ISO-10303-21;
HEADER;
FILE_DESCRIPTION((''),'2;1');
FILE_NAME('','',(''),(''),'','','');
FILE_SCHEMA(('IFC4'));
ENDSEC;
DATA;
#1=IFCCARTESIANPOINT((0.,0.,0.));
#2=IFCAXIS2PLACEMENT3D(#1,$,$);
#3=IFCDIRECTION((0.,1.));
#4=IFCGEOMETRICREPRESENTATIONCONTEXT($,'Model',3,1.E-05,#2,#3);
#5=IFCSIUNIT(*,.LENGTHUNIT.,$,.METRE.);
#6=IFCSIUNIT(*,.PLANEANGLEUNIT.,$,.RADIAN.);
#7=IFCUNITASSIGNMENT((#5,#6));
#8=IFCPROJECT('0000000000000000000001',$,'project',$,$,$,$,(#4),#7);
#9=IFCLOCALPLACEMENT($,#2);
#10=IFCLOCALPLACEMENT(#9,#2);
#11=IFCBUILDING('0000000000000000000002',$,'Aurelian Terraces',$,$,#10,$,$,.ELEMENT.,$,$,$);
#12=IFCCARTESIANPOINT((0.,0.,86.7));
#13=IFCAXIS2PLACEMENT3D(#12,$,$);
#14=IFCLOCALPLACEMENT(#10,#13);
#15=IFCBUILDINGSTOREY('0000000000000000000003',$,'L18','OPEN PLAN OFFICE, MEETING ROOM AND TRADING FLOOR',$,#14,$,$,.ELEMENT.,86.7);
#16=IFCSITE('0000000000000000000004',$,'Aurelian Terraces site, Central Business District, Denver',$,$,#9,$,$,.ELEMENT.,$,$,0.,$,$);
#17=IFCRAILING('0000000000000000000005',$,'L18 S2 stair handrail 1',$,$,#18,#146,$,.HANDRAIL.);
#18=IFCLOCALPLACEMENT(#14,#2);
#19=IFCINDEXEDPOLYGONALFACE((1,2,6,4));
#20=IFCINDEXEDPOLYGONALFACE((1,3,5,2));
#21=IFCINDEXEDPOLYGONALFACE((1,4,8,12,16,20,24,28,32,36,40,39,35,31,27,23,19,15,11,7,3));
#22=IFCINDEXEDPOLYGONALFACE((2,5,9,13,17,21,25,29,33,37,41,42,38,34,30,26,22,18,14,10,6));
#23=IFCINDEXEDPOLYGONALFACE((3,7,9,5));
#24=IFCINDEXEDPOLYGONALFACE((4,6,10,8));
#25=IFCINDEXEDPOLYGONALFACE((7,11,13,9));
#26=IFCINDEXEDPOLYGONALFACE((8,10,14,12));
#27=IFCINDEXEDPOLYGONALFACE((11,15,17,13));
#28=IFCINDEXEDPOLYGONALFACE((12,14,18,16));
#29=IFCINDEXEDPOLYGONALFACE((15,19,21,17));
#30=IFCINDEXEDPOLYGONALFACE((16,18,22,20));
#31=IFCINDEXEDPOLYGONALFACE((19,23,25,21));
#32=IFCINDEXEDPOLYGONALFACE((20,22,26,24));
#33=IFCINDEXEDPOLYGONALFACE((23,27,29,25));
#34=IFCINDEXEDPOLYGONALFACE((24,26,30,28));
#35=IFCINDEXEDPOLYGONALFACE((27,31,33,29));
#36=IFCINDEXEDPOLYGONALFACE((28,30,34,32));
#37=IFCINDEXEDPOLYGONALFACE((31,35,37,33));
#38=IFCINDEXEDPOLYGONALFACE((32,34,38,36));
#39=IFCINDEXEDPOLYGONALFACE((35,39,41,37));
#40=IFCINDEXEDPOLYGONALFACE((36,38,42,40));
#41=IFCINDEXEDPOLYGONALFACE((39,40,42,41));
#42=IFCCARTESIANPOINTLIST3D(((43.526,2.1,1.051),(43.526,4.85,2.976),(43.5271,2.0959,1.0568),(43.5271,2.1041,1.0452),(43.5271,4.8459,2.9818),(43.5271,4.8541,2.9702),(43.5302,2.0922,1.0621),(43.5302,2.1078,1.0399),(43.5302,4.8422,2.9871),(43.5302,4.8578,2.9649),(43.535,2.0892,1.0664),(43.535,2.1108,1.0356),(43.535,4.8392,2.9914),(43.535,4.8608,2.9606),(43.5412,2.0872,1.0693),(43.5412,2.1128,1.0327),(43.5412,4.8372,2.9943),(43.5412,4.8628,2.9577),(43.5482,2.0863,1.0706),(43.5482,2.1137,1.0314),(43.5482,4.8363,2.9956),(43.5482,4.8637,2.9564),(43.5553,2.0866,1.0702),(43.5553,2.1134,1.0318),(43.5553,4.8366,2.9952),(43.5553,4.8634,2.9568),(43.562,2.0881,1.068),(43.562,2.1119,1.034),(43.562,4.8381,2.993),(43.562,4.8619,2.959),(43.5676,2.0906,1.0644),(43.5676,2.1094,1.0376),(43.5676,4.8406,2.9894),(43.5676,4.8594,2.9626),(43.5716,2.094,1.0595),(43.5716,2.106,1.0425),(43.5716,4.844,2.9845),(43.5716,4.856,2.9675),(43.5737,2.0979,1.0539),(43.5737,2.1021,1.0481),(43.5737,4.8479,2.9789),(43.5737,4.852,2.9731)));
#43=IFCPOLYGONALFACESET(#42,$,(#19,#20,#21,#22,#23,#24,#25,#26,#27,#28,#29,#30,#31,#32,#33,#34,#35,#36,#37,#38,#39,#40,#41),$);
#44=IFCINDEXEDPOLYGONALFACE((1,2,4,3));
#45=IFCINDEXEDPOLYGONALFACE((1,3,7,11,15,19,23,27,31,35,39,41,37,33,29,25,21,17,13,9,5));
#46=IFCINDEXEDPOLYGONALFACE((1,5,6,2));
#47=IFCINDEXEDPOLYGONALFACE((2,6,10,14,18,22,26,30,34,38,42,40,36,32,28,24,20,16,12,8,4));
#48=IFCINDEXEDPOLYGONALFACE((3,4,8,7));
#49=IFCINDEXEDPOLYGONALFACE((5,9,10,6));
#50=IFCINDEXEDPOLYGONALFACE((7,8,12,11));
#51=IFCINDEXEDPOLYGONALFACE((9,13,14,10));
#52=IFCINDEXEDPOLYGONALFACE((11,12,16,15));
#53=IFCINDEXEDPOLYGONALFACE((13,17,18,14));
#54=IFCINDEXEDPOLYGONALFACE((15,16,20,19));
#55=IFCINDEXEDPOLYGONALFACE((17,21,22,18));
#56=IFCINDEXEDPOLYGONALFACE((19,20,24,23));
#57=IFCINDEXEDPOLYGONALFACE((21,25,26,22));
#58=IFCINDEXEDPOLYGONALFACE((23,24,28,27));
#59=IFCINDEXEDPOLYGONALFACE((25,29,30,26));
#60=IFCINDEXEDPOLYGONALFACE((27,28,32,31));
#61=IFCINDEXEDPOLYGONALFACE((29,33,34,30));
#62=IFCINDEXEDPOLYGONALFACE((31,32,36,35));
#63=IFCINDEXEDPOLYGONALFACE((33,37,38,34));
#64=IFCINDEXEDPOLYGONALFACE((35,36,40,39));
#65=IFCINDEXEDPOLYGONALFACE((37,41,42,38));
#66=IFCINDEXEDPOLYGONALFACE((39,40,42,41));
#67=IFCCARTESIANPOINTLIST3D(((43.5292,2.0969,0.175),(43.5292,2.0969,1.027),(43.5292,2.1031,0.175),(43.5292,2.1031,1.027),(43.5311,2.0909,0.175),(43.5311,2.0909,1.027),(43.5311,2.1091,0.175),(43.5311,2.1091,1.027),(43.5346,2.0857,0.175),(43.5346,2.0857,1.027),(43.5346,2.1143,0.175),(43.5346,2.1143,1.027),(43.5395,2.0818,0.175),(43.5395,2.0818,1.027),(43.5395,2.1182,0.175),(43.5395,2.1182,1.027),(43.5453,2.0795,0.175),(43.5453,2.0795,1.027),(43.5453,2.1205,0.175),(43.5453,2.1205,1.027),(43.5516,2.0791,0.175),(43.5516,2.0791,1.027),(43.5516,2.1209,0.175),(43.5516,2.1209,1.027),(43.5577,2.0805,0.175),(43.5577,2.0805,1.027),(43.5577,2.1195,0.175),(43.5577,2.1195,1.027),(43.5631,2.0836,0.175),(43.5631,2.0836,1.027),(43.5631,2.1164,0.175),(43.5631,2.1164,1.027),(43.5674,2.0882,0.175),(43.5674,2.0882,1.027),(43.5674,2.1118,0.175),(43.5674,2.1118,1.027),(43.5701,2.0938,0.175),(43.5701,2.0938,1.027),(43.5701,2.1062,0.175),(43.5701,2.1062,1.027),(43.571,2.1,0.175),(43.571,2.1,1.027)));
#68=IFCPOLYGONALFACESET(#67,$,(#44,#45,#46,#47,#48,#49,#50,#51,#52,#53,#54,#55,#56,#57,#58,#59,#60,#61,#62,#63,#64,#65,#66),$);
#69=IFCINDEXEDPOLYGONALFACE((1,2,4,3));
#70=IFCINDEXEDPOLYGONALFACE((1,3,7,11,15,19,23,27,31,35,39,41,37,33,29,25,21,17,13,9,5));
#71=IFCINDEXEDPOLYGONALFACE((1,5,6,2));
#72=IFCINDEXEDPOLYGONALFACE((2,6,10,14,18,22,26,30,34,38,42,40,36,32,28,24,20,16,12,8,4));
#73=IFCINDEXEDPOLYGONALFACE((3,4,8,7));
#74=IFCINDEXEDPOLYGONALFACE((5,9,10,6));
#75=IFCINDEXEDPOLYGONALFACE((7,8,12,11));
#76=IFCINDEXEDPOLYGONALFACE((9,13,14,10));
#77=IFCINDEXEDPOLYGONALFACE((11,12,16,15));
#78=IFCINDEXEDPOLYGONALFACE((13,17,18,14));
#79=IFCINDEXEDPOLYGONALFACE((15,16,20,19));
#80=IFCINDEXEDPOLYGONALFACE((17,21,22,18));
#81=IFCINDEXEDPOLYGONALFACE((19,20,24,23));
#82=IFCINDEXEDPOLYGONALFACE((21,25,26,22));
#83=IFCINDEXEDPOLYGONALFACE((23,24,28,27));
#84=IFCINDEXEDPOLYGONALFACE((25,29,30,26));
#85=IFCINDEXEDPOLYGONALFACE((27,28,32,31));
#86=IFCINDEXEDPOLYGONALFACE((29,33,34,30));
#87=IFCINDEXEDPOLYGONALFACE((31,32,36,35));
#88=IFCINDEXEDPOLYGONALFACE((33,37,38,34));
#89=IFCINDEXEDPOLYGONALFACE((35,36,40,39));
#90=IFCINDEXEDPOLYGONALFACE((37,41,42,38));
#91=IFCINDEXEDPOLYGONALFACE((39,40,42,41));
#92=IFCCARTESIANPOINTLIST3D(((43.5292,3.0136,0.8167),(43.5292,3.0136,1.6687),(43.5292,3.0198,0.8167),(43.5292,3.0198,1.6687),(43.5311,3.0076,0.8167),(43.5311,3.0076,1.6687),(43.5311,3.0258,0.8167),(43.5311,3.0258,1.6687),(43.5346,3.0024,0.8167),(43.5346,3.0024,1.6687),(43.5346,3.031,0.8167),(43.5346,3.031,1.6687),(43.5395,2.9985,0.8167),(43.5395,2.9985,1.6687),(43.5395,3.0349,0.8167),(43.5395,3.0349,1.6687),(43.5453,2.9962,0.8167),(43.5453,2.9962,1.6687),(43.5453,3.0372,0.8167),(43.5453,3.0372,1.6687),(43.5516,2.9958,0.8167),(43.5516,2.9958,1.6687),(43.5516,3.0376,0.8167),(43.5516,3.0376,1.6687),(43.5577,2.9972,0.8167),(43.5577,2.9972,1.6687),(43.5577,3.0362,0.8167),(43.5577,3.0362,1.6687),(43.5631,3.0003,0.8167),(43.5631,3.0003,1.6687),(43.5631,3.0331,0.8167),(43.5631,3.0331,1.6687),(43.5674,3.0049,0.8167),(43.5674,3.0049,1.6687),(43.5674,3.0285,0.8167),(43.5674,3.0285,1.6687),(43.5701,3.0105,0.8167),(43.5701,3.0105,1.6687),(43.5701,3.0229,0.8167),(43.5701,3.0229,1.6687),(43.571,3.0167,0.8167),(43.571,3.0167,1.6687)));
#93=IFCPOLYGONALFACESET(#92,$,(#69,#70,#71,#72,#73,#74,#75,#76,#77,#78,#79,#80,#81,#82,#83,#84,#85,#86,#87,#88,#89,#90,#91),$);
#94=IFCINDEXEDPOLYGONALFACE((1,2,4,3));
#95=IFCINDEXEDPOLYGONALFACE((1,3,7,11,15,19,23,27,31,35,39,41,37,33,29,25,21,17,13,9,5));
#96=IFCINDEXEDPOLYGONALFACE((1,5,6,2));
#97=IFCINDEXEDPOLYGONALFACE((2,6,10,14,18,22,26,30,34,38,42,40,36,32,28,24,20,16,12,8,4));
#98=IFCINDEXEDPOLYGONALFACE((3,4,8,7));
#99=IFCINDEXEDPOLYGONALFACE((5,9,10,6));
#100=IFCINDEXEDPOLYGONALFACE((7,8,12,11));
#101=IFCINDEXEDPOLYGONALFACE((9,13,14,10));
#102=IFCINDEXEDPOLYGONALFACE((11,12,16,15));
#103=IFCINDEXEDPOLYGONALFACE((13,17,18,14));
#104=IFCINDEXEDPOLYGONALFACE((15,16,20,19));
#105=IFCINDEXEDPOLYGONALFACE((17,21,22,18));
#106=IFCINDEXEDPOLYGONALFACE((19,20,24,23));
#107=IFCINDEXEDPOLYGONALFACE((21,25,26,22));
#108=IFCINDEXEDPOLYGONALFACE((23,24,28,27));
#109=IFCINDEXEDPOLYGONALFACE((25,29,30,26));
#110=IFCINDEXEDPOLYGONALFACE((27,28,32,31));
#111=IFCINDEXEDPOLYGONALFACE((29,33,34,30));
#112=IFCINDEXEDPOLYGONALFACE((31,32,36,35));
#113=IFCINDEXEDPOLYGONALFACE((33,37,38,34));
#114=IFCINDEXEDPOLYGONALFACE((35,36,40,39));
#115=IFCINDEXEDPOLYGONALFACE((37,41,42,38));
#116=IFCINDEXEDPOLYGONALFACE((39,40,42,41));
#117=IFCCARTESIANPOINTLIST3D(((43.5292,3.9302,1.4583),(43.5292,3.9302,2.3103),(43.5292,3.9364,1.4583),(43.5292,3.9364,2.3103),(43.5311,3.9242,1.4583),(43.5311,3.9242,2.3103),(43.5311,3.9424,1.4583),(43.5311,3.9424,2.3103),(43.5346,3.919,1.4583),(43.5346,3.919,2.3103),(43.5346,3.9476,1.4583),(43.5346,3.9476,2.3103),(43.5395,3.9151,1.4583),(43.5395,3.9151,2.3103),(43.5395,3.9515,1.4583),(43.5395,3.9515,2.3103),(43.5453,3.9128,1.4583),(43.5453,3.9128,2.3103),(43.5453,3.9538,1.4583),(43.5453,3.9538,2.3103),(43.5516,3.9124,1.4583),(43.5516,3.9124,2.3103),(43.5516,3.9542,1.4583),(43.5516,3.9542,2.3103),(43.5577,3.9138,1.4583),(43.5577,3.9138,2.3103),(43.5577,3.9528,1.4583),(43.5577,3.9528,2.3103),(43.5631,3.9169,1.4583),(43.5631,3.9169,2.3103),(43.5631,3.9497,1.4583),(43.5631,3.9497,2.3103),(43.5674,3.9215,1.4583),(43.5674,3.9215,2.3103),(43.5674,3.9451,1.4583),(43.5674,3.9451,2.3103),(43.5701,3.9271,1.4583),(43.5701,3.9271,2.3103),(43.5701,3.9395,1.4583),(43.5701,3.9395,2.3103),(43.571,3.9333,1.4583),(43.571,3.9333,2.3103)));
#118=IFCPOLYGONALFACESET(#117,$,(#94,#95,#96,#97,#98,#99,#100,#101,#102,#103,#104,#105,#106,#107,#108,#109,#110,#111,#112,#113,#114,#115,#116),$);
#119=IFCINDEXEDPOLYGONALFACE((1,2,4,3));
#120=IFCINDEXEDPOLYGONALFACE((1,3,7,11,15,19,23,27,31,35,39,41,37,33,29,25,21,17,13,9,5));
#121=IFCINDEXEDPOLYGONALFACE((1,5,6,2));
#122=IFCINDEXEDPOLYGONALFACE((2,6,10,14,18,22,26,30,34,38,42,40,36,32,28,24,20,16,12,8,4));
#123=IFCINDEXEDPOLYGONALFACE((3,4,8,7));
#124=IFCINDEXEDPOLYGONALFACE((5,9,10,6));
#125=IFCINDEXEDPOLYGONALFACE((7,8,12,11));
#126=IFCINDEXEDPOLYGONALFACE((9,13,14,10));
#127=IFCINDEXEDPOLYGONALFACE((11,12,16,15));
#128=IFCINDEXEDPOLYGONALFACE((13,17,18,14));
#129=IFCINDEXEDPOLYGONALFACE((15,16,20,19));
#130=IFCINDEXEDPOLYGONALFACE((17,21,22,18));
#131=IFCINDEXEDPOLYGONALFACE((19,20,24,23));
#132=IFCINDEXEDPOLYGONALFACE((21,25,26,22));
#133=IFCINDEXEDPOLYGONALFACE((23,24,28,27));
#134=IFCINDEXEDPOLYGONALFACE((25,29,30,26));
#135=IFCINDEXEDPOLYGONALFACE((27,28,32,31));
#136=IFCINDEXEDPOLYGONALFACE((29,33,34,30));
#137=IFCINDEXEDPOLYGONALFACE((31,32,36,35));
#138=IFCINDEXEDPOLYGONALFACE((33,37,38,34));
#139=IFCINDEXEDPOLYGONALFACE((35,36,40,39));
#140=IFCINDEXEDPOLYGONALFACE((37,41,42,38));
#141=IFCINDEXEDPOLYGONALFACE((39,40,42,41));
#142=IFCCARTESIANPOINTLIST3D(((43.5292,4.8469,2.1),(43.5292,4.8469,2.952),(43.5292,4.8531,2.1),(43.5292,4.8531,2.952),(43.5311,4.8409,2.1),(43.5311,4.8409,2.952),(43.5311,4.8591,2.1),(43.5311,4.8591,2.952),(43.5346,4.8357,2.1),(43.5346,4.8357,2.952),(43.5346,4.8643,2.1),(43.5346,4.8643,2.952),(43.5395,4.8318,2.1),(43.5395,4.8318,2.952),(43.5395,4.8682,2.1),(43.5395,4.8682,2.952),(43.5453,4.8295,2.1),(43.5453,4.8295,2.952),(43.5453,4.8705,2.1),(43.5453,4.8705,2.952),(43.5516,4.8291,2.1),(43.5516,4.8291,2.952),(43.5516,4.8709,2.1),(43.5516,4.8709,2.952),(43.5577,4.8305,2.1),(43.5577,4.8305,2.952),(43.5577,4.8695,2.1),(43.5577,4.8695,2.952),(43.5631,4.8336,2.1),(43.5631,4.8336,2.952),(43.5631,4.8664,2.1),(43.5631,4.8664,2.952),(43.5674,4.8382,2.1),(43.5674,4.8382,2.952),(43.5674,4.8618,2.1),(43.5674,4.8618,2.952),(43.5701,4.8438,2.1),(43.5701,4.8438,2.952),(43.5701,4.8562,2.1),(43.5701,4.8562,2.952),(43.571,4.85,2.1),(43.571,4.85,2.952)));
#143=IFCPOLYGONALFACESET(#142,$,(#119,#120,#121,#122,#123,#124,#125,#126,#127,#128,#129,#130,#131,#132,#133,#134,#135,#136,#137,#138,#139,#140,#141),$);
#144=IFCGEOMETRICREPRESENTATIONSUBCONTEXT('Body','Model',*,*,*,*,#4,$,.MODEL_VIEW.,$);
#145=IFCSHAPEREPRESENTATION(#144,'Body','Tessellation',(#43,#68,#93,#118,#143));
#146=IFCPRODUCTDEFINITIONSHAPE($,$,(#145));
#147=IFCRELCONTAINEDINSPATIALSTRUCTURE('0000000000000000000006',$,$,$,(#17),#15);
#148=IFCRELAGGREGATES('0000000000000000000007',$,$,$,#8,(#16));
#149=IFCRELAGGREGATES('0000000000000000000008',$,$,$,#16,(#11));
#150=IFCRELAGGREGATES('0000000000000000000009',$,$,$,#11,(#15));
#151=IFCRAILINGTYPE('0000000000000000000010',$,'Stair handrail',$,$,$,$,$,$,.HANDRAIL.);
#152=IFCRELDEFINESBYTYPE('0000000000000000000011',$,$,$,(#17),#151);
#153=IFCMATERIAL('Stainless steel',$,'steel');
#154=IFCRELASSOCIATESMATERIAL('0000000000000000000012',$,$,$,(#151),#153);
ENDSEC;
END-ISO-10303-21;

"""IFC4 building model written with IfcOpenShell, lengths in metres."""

from ifc_helpers import new_model, si_unit, direction, frame, origin, origin_2d, place, context, subcontext, project, spatial, circle, extrude, source, transform, mapped, material, type_object, element, save


model = new_model("IFC4")

# Units and contexts
model_context = context("Model", 3, precision=1e-05, world=origin(), true_north=direction((0.0, 1.0)))
body_context = subcontext(model_context, "Body", "Model", "MODEL_VIEW")
ifc_project = project(units=[si_unit("LENGTHUNIT", "METRE"), si_unit("PLANEANGLEUNIT", "RADIAN")], contexts=[model_context])

# Site, building, storey
site_placement = place(None, origin())
site = spatial("IfcSite", under=ifc_project, at=site_placement, Name="Aurelian Terraces site, Central Business District, Denver", CompositionType="ELEMENT", RefElevation=0.0)
building_placement = place(site_placement, origin())
building = spatial("IfcBuilding", under=site, at=building_placement, Name="Aurelian Terraces", CompositionType="ELEMENT")
storey_placement = place(building_placement, frame((0.0, 0.0, 86.7)))
storey = spatial("IfcBuildingStorey", under=building, at=storey_placement, Name="L18", Description="OPEN PLAN OFFICE, MEETING ROOM AND TRADING FLOOR", CompositionType="ELEMENT", Elevation=86.7)

# Railing
ifc_material_1 = material(Name="Stainless steel", Category="steel")
railing_type_1 = type_object("IfcRailingType", Name="Stair handrail", PredefinedType="HANDRAIL", material=ifc_material_1)
shared_shape_1 = source(origin(), body_context, "Body", "SweptSolid", [
    extrude(circle(Radius=0.024, at=origin_2d()), frame((0.0, 0.0, 0.876), z_axis=(0.0, 0.819232, 0.573462), x_axis=(-1.0, 0.0, 0.0)), (0.0, 0.0, 1.0), 3.3568),
    extrude(circle(Radius=0.021, at=origin_2d()), origin(), (0.0, 0.0, 1.0), 0.852),
    extrude(circle(Radius=0.021, at=origin_2d()), frame((0.0, 0.9167, 0.6417)), (0.0, 0.0, 1.0), 0.852),
    extrude(circle(Radius=0.021, at=origin_2d()), frame((0.0, 1.8333, 1.2833)), (0.0, 0.0, 1.0), 0.852),
    extrude(circle(Radius=0.021, at=origin_2d()), frame((0.0, 2.75, 1.925)), (0.0, 0.0, 1.0), 0.852),
])
railing_1_placement = place(storey_placement, frame((43.55, 2.1, 0.175)))
element("IfcRailing", 1, at=railing_1_placement, inside=storey, type_object=railing_type_1, Name="L18 S2 stair handrail 1", PredefinedType="HANDRAIL", context=body_context, shape_type="MappedRepresentation", body=[
    mapped(shared_shape_1, transform((0.0, 0.0, 0.0), scale=1.0)),
])

save(model, "model.ifc")
